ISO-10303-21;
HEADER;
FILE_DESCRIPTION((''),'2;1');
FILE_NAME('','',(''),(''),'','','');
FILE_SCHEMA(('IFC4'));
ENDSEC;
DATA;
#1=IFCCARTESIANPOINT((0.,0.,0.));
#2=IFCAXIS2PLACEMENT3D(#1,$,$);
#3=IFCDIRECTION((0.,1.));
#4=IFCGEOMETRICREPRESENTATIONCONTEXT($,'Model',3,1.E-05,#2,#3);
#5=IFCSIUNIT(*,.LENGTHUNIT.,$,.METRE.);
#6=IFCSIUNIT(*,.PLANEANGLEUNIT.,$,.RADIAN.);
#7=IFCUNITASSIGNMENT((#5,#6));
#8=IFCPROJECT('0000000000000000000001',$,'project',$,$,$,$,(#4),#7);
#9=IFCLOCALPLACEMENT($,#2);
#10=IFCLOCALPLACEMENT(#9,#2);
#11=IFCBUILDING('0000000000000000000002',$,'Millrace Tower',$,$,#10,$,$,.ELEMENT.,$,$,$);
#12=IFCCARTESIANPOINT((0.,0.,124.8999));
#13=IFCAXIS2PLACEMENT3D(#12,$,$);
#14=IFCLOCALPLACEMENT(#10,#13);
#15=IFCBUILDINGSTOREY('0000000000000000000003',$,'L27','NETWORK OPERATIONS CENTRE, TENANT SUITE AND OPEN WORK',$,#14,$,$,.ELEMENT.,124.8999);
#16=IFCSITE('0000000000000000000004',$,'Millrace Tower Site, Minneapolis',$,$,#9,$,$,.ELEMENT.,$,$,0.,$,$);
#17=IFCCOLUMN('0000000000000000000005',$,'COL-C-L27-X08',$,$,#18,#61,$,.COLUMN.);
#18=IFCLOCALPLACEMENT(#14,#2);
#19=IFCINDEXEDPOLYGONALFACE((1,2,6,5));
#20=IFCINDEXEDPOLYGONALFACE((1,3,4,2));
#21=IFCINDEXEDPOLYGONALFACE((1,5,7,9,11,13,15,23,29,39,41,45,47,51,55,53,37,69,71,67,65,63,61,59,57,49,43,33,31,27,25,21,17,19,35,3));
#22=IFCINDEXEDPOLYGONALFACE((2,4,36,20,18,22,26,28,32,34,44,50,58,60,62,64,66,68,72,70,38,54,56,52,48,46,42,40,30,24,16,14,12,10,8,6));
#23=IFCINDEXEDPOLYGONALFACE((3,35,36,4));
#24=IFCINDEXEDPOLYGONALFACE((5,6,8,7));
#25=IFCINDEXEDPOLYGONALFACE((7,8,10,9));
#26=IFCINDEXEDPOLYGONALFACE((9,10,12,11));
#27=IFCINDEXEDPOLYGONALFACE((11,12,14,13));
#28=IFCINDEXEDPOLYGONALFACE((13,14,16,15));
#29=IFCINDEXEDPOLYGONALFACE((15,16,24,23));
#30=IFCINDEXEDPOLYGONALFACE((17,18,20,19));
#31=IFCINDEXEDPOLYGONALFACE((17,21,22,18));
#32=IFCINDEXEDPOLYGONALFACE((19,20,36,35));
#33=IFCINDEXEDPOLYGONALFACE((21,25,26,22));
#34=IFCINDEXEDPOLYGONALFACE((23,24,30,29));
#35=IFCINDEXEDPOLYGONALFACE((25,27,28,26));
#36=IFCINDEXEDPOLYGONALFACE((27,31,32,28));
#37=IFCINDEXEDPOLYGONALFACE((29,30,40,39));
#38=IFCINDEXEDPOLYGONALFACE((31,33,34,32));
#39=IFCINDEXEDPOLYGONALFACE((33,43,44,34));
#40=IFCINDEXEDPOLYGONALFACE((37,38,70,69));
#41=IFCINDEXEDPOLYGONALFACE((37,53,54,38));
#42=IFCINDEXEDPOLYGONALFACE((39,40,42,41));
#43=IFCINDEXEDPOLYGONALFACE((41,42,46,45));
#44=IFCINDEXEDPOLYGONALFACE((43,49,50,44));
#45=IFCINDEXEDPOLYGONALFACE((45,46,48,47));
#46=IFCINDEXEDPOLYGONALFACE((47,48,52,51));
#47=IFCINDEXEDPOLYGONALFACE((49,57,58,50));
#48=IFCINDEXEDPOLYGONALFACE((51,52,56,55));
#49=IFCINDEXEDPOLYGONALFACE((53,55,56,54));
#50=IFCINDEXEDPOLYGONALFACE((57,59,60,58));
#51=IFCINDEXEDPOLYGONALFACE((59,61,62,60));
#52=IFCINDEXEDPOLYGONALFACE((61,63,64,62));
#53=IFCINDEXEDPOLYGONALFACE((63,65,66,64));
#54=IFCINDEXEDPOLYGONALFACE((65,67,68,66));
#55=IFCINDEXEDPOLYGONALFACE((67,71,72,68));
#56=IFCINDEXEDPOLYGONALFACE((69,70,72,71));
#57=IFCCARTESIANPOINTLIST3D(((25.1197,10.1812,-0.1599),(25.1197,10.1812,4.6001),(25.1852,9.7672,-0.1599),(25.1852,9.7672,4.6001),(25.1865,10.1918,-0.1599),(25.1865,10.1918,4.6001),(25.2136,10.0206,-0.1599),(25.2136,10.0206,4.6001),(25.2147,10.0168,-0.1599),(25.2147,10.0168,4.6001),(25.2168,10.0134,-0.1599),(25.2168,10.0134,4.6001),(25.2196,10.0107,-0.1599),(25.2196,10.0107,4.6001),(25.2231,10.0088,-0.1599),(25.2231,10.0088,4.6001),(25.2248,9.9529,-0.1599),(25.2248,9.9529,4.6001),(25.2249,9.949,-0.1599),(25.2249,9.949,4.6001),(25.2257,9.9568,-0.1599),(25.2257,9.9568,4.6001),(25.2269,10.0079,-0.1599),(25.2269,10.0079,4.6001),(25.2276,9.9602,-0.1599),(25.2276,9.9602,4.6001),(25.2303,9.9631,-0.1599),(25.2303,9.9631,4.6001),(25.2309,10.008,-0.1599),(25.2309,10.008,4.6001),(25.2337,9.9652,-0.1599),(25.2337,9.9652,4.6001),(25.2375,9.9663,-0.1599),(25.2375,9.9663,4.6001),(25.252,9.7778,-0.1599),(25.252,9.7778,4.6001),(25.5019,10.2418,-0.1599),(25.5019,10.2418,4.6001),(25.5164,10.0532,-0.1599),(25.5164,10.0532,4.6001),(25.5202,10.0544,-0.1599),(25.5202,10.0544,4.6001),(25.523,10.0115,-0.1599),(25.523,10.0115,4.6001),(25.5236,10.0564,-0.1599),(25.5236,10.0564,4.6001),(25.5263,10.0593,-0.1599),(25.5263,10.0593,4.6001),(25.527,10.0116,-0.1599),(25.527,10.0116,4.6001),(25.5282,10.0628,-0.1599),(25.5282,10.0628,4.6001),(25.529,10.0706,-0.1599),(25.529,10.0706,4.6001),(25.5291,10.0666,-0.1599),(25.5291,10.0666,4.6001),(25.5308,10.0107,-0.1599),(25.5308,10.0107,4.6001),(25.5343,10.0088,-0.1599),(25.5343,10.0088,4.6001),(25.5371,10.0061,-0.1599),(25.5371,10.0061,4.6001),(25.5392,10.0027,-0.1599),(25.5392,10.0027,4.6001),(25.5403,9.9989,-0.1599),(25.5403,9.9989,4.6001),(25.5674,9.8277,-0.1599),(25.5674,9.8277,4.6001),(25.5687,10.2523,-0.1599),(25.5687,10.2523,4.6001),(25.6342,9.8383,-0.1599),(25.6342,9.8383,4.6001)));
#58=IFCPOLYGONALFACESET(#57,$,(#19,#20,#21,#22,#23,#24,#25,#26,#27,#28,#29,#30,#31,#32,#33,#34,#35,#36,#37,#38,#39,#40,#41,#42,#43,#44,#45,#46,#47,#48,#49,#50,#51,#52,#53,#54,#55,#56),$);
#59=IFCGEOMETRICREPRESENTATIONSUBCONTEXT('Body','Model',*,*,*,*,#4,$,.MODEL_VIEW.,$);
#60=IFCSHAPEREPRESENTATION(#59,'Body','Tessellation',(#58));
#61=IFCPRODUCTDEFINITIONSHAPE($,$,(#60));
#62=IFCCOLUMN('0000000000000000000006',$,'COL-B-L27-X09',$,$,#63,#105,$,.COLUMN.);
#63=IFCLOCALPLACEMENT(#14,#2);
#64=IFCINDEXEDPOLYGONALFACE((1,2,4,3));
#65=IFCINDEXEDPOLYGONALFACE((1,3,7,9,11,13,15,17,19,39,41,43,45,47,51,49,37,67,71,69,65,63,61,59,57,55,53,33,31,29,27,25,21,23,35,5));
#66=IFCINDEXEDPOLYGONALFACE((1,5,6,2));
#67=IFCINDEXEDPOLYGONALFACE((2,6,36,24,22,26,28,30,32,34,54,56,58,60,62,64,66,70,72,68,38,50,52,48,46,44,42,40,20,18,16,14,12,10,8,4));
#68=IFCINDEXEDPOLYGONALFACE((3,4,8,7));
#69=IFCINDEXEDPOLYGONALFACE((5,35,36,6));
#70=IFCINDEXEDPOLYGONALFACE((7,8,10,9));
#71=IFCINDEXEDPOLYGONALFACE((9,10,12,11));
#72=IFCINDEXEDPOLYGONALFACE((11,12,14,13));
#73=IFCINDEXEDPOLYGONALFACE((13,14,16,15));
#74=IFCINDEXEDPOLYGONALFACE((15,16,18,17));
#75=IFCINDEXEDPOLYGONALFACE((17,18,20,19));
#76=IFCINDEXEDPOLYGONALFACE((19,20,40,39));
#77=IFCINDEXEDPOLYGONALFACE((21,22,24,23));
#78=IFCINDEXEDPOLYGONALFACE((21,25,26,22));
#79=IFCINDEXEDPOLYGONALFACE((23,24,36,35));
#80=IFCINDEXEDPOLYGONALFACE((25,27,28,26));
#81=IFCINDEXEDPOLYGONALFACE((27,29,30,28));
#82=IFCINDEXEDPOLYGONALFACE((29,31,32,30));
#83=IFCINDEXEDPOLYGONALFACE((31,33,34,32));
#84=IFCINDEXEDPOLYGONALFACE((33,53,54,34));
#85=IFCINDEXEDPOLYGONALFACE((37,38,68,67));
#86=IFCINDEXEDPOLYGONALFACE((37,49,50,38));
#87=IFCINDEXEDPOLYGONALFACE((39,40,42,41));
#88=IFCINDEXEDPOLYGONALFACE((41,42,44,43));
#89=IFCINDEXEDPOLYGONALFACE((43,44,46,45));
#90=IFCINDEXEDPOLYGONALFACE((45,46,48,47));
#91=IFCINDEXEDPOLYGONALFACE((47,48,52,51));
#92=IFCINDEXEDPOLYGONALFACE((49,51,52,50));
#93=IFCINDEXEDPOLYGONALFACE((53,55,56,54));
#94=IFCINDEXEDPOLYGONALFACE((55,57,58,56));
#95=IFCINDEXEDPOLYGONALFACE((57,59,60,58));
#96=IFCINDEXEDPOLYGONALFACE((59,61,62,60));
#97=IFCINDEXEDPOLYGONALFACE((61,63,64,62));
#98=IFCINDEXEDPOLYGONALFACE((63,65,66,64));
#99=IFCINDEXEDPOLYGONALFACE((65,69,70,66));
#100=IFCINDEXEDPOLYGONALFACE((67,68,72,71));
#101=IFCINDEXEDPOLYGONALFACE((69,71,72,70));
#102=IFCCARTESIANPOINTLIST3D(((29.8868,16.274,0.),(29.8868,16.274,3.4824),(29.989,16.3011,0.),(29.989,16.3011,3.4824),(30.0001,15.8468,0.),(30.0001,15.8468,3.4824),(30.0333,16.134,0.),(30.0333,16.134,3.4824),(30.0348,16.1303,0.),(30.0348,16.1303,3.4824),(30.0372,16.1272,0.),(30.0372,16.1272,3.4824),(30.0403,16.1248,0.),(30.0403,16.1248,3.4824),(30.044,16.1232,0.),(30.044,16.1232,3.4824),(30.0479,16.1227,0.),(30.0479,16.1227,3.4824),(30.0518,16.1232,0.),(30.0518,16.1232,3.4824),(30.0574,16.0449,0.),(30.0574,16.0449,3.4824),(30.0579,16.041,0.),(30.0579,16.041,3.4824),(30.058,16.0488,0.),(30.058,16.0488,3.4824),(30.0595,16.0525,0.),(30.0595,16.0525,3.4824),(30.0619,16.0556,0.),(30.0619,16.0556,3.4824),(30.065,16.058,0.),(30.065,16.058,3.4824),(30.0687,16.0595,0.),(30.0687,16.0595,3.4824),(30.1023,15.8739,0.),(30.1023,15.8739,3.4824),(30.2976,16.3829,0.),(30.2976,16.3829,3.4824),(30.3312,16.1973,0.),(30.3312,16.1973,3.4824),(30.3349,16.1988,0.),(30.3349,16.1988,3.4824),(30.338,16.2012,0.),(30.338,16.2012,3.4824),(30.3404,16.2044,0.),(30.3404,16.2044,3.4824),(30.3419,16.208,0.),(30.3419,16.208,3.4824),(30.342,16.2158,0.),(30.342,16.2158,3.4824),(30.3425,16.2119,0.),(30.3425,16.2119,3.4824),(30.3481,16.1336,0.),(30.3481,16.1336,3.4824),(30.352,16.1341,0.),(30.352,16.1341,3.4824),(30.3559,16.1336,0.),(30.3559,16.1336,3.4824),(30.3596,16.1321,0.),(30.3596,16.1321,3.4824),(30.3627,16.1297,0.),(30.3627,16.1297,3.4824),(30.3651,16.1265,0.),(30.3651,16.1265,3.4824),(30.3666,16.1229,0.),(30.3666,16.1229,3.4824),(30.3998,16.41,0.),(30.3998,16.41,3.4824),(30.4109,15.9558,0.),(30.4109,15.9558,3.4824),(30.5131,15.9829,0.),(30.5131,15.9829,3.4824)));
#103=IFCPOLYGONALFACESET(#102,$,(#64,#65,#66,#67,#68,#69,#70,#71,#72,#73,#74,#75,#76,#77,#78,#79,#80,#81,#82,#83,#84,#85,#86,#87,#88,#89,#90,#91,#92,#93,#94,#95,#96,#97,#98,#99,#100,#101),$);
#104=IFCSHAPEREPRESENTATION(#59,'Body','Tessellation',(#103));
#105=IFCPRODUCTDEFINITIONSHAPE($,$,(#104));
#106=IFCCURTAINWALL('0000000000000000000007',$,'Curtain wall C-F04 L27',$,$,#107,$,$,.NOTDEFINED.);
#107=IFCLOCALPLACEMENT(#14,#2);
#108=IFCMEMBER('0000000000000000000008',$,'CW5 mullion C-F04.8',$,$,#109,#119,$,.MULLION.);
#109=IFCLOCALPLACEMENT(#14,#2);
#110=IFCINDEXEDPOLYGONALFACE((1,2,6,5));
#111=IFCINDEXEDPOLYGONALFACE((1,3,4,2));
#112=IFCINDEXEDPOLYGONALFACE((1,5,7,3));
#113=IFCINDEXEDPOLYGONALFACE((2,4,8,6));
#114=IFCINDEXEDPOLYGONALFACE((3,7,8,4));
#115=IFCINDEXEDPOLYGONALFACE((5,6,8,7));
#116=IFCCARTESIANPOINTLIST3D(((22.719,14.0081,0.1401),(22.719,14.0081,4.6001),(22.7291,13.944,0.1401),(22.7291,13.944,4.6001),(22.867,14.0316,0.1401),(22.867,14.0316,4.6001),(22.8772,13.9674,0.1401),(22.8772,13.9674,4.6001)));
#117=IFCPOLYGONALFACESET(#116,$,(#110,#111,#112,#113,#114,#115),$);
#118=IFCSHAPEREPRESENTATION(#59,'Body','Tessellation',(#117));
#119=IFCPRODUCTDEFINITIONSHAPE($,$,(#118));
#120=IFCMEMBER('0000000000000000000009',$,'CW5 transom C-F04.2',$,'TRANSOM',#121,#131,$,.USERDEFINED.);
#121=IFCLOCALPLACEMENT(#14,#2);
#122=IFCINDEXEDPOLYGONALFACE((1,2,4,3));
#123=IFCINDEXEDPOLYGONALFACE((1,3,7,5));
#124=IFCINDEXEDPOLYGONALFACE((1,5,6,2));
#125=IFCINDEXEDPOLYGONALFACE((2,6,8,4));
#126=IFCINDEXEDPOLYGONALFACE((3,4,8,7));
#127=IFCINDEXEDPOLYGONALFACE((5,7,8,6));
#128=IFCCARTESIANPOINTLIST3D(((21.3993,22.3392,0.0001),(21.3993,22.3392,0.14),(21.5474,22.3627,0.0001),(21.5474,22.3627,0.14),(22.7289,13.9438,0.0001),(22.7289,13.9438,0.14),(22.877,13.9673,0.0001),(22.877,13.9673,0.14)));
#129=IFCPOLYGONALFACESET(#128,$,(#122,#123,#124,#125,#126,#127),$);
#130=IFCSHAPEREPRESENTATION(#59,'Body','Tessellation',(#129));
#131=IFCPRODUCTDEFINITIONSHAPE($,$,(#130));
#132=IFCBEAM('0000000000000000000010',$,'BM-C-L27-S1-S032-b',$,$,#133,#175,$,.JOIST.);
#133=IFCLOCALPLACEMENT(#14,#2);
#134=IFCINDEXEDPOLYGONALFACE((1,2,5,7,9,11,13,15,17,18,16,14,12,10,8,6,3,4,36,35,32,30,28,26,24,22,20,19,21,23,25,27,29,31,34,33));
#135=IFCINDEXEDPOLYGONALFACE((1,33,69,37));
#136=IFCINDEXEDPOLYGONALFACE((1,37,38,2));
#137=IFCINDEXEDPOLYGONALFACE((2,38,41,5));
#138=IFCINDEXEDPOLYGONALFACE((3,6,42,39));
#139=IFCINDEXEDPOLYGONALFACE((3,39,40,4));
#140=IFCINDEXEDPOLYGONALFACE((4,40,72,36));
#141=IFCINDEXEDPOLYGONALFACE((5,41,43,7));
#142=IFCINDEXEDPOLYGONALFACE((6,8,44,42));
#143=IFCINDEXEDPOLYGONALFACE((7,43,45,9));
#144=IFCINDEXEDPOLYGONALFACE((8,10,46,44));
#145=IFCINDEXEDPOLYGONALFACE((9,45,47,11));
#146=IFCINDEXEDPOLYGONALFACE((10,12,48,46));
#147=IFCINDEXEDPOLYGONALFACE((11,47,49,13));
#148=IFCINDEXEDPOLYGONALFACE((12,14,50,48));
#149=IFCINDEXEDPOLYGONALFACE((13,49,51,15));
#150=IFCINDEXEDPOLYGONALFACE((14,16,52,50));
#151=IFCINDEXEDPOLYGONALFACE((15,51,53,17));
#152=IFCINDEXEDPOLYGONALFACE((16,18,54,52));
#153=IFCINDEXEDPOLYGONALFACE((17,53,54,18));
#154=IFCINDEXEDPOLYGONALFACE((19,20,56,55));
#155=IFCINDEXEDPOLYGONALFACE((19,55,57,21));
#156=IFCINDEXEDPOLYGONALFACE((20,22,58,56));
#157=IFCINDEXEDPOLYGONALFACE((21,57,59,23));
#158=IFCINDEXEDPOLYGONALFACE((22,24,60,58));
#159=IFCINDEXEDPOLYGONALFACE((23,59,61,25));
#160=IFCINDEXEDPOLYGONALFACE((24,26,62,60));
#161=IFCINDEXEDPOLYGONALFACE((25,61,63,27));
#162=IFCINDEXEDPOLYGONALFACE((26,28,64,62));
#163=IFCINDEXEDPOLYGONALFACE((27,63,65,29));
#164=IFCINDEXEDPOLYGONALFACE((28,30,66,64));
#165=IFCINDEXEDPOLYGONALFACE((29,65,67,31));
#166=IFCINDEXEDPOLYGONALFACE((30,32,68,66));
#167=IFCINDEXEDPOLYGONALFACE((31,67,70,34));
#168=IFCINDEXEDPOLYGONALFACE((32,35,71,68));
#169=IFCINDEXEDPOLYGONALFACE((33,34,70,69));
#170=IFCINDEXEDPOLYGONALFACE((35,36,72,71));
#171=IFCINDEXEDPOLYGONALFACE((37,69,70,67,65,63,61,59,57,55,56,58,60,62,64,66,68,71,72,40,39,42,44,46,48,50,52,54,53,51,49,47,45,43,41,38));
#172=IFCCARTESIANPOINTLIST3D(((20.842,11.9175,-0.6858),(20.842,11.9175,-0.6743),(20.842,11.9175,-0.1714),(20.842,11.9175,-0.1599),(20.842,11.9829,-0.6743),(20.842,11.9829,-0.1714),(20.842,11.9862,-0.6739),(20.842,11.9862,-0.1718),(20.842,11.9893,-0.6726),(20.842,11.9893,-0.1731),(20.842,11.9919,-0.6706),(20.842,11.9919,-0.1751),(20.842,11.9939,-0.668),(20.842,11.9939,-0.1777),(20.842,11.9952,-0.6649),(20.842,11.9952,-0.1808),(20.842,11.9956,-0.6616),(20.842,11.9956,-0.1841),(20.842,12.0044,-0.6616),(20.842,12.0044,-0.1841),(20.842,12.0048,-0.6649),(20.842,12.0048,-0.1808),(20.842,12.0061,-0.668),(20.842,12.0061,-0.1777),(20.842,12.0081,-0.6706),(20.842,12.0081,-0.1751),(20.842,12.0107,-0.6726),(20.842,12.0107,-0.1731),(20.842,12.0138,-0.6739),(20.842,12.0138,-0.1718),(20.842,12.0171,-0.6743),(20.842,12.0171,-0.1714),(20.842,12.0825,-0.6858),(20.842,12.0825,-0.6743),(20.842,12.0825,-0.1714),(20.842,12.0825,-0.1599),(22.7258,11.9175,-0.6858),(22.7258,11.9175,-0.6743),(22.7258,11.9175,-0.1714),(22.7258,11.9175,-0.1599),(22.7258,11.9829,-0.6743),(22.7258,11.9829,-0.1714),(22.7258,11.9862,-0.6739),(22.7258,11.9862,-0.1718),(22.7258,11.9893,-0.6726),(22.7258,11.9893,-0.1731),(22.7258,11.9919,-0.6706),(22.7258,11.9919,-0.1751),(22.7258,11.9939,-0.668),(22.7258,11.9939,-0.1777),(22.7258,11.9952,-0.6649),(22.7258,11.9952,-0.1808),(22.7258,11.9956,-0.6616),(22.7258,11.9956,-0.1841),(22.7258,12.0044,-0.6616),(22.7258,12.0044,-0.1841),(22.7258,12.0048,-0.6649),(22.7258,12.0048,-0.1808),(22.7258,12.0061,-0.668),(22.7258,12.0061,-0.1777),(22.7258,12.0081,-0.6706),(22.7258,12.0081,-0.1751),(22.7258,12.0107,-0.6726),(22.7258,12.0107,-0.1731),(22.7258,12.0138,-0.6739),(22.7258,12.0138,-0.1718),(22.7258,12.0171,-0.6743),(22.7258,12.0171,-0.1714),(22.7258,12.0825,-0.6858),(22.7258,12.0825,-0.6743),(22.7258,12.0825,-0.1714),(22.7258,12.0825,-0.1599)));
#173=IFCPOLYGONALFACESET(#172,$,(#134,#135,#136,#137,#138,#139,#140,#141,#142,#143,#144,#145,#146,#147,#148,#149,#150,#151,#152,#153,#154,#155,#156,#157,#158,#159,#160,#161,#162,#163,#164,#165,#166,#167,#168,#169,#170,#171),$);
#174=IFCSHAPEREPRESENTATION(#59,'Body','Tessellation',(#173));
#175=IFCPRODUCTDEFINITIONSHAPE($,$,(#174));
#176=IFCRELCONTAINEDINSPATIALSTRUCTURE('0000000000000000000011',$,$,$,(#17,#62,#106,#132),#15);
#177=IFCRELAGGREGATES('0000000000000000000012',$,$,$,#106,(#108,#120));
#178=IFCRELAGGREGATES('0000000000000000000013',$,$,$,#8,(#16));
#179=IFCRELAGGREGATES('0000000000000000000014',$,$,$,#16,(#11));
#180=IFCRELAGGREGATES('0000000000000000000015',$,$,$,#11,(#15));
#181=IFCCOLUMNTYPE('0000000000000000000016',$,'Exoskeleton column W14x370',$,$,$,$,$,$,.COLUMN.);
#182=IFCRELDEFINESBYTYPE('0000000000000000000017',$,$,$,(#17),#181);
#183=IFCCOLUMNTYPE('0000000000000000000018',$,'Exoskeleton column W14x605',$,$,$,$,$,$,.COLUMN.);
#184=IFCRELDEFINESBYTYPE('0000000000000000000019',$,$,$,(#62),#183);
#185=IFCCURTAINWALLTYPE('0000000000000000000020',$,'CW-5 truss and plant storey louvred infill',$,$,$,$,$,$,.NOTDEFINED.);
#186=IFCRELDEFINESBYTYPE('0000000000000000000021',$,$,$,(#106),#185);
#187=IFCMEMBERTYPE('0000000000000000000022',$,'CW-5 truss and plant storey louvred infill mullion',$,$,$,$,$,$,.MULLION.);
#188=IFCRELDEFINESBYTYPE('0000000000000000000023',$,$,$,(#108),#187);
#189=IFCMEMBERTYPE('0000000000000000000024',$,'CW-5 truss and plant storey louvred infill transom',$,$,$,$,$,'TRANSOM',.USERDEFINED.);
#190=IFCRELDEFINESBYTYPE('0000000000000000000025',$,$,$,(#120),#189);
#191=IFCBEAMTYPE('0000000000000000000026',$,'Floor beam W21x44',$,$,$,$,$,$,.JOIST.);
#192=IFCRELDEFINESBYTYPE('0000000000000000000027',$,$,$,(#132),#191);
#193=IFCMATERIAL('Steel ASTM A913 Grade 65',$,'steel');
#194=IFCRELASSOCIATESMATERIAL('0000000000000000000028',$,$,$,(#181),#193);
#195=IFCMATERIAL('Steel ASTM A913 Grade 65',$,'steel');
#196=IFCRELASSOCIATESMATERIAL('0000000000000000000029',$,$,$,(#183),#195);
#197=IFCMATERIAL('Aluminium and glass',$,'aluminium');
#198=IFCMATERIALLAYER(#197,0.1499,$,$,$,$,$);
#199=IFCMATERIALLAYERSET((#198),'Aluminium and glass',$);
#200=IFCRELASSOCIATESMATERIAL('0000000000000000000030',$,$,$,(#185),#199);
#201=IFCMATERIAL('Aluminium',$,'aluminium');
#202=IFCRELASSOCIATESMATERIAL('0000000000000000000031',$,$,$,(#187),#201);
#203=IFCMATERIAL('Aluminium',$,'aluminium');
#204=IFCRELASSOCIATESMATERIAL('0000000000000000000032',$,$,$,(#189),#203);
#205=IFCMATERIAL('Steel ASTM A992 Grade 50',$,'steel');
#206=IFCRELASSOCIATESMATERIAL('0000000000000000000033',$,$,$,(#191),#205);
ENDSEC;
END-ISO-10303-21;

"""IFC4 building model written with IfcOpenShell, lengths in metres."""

from ifc_helpers import new_model, si_unit, direction, frame, origin, origin_2d, place, context, subcontext, project, spatial, rectangle, i_section, extrude, material, layer, layer_set, material_profile, profile_set, type_object, element, aggregate, save


model = new_model("IFC4")

# Units and contexts
model_context = context("Model", 3, precision=1e-05, world=origin(), true_north=direction((0.0, 1.0)))
body_context = subcontext(model_context, "Body", "Model", "MODEL_VIEW")
ifc_project = project(units=[si_unit("LENGTHUNIT", "METRE"), si_unit("PLANEANGLEUNIT", "RADIAN")], contexts=[model_context])

# Site, building, storey
site_placement = place(None, origin())
site = spatial("IfcSite", under=ifc_project, at=site_placement, Name="Millrace Tower Site, Minneapolis", CompositionType="ELEMENT", RefElevation=0.0)
building_placement = place(site_placement, origin())
building = spatial("IfcBuilding", under=site, at=building_placement, Name="Millrace Tower", CompositionType="ELEMENT")
storey_placement = place(building_placement, frame((0.0, 0.0, 124.8999)))
storey = spatial("IfcBuildingStorey", under=building, at=storey_placement, Name="L27", Description="NETWORK OPERATIONS CENTRE, TENANT SUITE AND OPEN WORK", CompositionType="ELEMENT", Elevation=124.8999)

# Columns
ifc_material_1 = material(Name="Steel ASTM A913 Grade 65", Category="steel")
ifc_material_profile_1 = material_profile(ifc_material_1, i_section(OverallWidth=0.4192, OverallDepth=0.4546, WebThickness=0.0422, FlangeThickness=0.0676, FilletRadius=0.0151, at=origin_2d()))
ifc_profile_set_1 = profile_set([ifc_material_profile_1], Name="Steel ASTM A913 Grade 65")
column_type_1 = type_object("IfcColumnType", Name="Exoskeleton column W14x370", PredefinedType="COLUMN", material=ifc_profile_set_1)
column_1_placement = place(storey_placement, frame((25.377, 10.0098, -0.1599), z_axis=(0.0, 0.0, 1.0), x_axis=(-0.156434, 0.987688, 0.0)))
element("IfcColumn", 1, at=column_1_placement, inside=storey, type_object=column_type_1, Name="COL-C-L27-X08", PredefinedType="COLUMN", context=body_context, shape_type="SweptSolid", body=[
    extrude(i_section(OverallWidth=0.4192, OverallDepth=0.4546, WebThickness=0.0422, FlangeThickness=0.0676, FilletRadius=0.0151, at=origin_2d()), origin(), (0.0, 0.0, 1.0), 4.76),
])
ifc_material_2 = material(Name="Steel ASTM A913 Grade 65", Category="steel")
ifc_material_profile_2 = material_profile(ifc_material_2, i_section(OverallWidth=0.4419, OverallDepth=0.5308, WebThickness=0.0659, FlangeThickness=0.1057, FilletRadius=0.0151, at=origin_2d()))
ifc_profile_set_2 = profile_set([ifc_material_profile_2], Name="Steel ASTM A913 Grade 65")
column_type_2 = type_object("IfcColumnType", Name="Exoskeleton column W14x605", PredefinedType="COLUMN", material=ifc_profile_set_2)
column_2_placement = place(storey_placement, frame((30.2, 16.1284, 0.0), z_axis=(0.0, 0.0, 1.0), x_axis=(-0.256347, 0.966585, 0.0)))
element("IfcColumn", 2, at=column_2_placement, inside=storey, type_object=column_type_2, Name="COL-B-L27-X09", PredefinedType="COLUMN", context=body_context, shape_type="SweptSolid", body=[
    extrude(i_section(OverallWidth=0.4419, OverallDepth=0.5308, WebThickness=0.0659, FlangeThickness=0.1057, FilletRadius=0.0151, at=origin_2d()), origin(), (0.0, 0.0, 1.0), 3.4824),
])

# Curtain wall, members
ifc_material_3 = material(Name="Aluminium and glass", Category="aluminium")
ifc_layer_1 = layer(ifc_material_3, 0.1499)
ifc_layer_set_1 = layer_set([ifc_layer_1], Name="Aluminium and glass")
curtain_wall_type = type_object("IfcCurtainWallType", Name="CW-5 truss and plant storey louvred infill", PredefinedType="NOTDEFINED", material=ifc_layer_set_1)
curtain_wall_placement = place(storey_placement, origin())
curtain_wall = element("IfcCurtainWall", 3, at=curtain_wall_placement, inside=storey, type_object=curtain_wall_type, Name="Curtain wall C-F04 L27", PredefinedType="NOTDEFINED")
ifc_material_4 = material(Name="Aluminium", Category="aluminium")
ifc_material_profile_3 = material_profile(ifc_material_4, rectangle(XDim=0.0649, YDim=0.1499, at=origin_2d()))
ifc_profile_set_3 = profile_set([ifc_material_profile_3], Name="Aluminium")
member_type_1 = type_object("IfcMemberType", Name="CW-5 truss and plant storey louvred infill mullion", PredefinedType="MULLION", material=ifc_profile_set_3)
member_1_placement = place(storey_placement, frame((22.7981, 13.9878, 0.1401), z_axis=(0.0, 0.0, 1.0), x_axis=(-0.156434, 0.987688, 0.0)))
member_1 = element("IfcMember", 4, at=member_1_placement, type_object=member_type_1, Name="CW5 mullion C-F04.8", PredefinedType="MULLION", context=body_context, shape_type="SweptSolid", body=[
    extrude(rectangle(XDim=0.0649, YDim=0.1499, at=origin_2d()), origin(), (0.0, 0.0, 1.0), 4.46),
])
ifc_material_5 = material(Name="Aluminium", Category="aluminium")
ifc_material_profile_4 = material_profile(ifc_material_5, rectangle(XDim=0.1499, YDim=0.1399, at=origin_2d()))
ifc_profile_set_4 = profile_set([ifc_material_profile_4], Name="Aluminium")
member_type_2 = type_object("IfcMemberType", Name="CW-5 truss and plant storey louvred infill transom", ElementType="TRANSOM", PredefinedType="USERDEFINED", material=ifc_profile_set_4)
member_2_placement = place(storey_placement, frame((22.803, 13.9556, 0.0701), z_axis=(-0.156424, 0.98769, 0.0), x_axis=(-0.98769, -0.156424, 0.0)))
member_2 = element("IfcMember", 5, at=member_2_placement, type_object=member_type_2, Name="CW5 transom C-F04.2", ObjectType="TRANSOM", PredefinedType="USERDEFINED", context=body_context, shape_type="SweptSolid", body=[
    extrude(rectangle(XDim=0.1499, YDim=0.1399, at=origin_2d()), origin(), (0.0, 0.0, 1.0), 8.5),
])
aggregate(curtain_wall, [member_1, member_2])

# Beam
ifc_material_6 = material(Name="Steel ASTM A992 Grade 50", Category="steel")
ifc_material_profile_5 = material_profile(ifc_material_6, i_section(OverallWidth=0.165, OverallDepth=0.5259, WebThickness=0.0088, FlangeThickness=0.0115, FilletRadius=0.0127, at=origin_2d()))
ifc_profile_set_5 = profile_set([ifc_material_profile_5], Name="Steel ASTM A992 Grade 50")
beam_type_1 = type_object("IfcBeamType", Name="Floor beam W21x44", PredefinedType="JOIST", material=ifc_profile_set_5)
beam_1_placement = place(storey_placement, frame((20.842, 12.0, -0.4229), z_axis=(1.0, 0.0, 0.0), x_axis=(0.0, 1.0, 0.0)))
element("IfcBeam", 6, at=beam_1_placement, inside=storey, type_object=beam_type_1, Name="BM-C-L27-S1-S032-b", PredefinedType="JOIST", context=body_context, shape_type="SweptSolid", body=[
    extrude(i_section(OverallWidth=0.165, OverallDepth=0.5259, WebThickness=0.0088, FlangeThickness=0.0115, FilletRadius=0.0127, at=origin_2d()), origin(), (0.0, 0.0, 1.0), 1.8838),
])

save(model, "model.ifc")
